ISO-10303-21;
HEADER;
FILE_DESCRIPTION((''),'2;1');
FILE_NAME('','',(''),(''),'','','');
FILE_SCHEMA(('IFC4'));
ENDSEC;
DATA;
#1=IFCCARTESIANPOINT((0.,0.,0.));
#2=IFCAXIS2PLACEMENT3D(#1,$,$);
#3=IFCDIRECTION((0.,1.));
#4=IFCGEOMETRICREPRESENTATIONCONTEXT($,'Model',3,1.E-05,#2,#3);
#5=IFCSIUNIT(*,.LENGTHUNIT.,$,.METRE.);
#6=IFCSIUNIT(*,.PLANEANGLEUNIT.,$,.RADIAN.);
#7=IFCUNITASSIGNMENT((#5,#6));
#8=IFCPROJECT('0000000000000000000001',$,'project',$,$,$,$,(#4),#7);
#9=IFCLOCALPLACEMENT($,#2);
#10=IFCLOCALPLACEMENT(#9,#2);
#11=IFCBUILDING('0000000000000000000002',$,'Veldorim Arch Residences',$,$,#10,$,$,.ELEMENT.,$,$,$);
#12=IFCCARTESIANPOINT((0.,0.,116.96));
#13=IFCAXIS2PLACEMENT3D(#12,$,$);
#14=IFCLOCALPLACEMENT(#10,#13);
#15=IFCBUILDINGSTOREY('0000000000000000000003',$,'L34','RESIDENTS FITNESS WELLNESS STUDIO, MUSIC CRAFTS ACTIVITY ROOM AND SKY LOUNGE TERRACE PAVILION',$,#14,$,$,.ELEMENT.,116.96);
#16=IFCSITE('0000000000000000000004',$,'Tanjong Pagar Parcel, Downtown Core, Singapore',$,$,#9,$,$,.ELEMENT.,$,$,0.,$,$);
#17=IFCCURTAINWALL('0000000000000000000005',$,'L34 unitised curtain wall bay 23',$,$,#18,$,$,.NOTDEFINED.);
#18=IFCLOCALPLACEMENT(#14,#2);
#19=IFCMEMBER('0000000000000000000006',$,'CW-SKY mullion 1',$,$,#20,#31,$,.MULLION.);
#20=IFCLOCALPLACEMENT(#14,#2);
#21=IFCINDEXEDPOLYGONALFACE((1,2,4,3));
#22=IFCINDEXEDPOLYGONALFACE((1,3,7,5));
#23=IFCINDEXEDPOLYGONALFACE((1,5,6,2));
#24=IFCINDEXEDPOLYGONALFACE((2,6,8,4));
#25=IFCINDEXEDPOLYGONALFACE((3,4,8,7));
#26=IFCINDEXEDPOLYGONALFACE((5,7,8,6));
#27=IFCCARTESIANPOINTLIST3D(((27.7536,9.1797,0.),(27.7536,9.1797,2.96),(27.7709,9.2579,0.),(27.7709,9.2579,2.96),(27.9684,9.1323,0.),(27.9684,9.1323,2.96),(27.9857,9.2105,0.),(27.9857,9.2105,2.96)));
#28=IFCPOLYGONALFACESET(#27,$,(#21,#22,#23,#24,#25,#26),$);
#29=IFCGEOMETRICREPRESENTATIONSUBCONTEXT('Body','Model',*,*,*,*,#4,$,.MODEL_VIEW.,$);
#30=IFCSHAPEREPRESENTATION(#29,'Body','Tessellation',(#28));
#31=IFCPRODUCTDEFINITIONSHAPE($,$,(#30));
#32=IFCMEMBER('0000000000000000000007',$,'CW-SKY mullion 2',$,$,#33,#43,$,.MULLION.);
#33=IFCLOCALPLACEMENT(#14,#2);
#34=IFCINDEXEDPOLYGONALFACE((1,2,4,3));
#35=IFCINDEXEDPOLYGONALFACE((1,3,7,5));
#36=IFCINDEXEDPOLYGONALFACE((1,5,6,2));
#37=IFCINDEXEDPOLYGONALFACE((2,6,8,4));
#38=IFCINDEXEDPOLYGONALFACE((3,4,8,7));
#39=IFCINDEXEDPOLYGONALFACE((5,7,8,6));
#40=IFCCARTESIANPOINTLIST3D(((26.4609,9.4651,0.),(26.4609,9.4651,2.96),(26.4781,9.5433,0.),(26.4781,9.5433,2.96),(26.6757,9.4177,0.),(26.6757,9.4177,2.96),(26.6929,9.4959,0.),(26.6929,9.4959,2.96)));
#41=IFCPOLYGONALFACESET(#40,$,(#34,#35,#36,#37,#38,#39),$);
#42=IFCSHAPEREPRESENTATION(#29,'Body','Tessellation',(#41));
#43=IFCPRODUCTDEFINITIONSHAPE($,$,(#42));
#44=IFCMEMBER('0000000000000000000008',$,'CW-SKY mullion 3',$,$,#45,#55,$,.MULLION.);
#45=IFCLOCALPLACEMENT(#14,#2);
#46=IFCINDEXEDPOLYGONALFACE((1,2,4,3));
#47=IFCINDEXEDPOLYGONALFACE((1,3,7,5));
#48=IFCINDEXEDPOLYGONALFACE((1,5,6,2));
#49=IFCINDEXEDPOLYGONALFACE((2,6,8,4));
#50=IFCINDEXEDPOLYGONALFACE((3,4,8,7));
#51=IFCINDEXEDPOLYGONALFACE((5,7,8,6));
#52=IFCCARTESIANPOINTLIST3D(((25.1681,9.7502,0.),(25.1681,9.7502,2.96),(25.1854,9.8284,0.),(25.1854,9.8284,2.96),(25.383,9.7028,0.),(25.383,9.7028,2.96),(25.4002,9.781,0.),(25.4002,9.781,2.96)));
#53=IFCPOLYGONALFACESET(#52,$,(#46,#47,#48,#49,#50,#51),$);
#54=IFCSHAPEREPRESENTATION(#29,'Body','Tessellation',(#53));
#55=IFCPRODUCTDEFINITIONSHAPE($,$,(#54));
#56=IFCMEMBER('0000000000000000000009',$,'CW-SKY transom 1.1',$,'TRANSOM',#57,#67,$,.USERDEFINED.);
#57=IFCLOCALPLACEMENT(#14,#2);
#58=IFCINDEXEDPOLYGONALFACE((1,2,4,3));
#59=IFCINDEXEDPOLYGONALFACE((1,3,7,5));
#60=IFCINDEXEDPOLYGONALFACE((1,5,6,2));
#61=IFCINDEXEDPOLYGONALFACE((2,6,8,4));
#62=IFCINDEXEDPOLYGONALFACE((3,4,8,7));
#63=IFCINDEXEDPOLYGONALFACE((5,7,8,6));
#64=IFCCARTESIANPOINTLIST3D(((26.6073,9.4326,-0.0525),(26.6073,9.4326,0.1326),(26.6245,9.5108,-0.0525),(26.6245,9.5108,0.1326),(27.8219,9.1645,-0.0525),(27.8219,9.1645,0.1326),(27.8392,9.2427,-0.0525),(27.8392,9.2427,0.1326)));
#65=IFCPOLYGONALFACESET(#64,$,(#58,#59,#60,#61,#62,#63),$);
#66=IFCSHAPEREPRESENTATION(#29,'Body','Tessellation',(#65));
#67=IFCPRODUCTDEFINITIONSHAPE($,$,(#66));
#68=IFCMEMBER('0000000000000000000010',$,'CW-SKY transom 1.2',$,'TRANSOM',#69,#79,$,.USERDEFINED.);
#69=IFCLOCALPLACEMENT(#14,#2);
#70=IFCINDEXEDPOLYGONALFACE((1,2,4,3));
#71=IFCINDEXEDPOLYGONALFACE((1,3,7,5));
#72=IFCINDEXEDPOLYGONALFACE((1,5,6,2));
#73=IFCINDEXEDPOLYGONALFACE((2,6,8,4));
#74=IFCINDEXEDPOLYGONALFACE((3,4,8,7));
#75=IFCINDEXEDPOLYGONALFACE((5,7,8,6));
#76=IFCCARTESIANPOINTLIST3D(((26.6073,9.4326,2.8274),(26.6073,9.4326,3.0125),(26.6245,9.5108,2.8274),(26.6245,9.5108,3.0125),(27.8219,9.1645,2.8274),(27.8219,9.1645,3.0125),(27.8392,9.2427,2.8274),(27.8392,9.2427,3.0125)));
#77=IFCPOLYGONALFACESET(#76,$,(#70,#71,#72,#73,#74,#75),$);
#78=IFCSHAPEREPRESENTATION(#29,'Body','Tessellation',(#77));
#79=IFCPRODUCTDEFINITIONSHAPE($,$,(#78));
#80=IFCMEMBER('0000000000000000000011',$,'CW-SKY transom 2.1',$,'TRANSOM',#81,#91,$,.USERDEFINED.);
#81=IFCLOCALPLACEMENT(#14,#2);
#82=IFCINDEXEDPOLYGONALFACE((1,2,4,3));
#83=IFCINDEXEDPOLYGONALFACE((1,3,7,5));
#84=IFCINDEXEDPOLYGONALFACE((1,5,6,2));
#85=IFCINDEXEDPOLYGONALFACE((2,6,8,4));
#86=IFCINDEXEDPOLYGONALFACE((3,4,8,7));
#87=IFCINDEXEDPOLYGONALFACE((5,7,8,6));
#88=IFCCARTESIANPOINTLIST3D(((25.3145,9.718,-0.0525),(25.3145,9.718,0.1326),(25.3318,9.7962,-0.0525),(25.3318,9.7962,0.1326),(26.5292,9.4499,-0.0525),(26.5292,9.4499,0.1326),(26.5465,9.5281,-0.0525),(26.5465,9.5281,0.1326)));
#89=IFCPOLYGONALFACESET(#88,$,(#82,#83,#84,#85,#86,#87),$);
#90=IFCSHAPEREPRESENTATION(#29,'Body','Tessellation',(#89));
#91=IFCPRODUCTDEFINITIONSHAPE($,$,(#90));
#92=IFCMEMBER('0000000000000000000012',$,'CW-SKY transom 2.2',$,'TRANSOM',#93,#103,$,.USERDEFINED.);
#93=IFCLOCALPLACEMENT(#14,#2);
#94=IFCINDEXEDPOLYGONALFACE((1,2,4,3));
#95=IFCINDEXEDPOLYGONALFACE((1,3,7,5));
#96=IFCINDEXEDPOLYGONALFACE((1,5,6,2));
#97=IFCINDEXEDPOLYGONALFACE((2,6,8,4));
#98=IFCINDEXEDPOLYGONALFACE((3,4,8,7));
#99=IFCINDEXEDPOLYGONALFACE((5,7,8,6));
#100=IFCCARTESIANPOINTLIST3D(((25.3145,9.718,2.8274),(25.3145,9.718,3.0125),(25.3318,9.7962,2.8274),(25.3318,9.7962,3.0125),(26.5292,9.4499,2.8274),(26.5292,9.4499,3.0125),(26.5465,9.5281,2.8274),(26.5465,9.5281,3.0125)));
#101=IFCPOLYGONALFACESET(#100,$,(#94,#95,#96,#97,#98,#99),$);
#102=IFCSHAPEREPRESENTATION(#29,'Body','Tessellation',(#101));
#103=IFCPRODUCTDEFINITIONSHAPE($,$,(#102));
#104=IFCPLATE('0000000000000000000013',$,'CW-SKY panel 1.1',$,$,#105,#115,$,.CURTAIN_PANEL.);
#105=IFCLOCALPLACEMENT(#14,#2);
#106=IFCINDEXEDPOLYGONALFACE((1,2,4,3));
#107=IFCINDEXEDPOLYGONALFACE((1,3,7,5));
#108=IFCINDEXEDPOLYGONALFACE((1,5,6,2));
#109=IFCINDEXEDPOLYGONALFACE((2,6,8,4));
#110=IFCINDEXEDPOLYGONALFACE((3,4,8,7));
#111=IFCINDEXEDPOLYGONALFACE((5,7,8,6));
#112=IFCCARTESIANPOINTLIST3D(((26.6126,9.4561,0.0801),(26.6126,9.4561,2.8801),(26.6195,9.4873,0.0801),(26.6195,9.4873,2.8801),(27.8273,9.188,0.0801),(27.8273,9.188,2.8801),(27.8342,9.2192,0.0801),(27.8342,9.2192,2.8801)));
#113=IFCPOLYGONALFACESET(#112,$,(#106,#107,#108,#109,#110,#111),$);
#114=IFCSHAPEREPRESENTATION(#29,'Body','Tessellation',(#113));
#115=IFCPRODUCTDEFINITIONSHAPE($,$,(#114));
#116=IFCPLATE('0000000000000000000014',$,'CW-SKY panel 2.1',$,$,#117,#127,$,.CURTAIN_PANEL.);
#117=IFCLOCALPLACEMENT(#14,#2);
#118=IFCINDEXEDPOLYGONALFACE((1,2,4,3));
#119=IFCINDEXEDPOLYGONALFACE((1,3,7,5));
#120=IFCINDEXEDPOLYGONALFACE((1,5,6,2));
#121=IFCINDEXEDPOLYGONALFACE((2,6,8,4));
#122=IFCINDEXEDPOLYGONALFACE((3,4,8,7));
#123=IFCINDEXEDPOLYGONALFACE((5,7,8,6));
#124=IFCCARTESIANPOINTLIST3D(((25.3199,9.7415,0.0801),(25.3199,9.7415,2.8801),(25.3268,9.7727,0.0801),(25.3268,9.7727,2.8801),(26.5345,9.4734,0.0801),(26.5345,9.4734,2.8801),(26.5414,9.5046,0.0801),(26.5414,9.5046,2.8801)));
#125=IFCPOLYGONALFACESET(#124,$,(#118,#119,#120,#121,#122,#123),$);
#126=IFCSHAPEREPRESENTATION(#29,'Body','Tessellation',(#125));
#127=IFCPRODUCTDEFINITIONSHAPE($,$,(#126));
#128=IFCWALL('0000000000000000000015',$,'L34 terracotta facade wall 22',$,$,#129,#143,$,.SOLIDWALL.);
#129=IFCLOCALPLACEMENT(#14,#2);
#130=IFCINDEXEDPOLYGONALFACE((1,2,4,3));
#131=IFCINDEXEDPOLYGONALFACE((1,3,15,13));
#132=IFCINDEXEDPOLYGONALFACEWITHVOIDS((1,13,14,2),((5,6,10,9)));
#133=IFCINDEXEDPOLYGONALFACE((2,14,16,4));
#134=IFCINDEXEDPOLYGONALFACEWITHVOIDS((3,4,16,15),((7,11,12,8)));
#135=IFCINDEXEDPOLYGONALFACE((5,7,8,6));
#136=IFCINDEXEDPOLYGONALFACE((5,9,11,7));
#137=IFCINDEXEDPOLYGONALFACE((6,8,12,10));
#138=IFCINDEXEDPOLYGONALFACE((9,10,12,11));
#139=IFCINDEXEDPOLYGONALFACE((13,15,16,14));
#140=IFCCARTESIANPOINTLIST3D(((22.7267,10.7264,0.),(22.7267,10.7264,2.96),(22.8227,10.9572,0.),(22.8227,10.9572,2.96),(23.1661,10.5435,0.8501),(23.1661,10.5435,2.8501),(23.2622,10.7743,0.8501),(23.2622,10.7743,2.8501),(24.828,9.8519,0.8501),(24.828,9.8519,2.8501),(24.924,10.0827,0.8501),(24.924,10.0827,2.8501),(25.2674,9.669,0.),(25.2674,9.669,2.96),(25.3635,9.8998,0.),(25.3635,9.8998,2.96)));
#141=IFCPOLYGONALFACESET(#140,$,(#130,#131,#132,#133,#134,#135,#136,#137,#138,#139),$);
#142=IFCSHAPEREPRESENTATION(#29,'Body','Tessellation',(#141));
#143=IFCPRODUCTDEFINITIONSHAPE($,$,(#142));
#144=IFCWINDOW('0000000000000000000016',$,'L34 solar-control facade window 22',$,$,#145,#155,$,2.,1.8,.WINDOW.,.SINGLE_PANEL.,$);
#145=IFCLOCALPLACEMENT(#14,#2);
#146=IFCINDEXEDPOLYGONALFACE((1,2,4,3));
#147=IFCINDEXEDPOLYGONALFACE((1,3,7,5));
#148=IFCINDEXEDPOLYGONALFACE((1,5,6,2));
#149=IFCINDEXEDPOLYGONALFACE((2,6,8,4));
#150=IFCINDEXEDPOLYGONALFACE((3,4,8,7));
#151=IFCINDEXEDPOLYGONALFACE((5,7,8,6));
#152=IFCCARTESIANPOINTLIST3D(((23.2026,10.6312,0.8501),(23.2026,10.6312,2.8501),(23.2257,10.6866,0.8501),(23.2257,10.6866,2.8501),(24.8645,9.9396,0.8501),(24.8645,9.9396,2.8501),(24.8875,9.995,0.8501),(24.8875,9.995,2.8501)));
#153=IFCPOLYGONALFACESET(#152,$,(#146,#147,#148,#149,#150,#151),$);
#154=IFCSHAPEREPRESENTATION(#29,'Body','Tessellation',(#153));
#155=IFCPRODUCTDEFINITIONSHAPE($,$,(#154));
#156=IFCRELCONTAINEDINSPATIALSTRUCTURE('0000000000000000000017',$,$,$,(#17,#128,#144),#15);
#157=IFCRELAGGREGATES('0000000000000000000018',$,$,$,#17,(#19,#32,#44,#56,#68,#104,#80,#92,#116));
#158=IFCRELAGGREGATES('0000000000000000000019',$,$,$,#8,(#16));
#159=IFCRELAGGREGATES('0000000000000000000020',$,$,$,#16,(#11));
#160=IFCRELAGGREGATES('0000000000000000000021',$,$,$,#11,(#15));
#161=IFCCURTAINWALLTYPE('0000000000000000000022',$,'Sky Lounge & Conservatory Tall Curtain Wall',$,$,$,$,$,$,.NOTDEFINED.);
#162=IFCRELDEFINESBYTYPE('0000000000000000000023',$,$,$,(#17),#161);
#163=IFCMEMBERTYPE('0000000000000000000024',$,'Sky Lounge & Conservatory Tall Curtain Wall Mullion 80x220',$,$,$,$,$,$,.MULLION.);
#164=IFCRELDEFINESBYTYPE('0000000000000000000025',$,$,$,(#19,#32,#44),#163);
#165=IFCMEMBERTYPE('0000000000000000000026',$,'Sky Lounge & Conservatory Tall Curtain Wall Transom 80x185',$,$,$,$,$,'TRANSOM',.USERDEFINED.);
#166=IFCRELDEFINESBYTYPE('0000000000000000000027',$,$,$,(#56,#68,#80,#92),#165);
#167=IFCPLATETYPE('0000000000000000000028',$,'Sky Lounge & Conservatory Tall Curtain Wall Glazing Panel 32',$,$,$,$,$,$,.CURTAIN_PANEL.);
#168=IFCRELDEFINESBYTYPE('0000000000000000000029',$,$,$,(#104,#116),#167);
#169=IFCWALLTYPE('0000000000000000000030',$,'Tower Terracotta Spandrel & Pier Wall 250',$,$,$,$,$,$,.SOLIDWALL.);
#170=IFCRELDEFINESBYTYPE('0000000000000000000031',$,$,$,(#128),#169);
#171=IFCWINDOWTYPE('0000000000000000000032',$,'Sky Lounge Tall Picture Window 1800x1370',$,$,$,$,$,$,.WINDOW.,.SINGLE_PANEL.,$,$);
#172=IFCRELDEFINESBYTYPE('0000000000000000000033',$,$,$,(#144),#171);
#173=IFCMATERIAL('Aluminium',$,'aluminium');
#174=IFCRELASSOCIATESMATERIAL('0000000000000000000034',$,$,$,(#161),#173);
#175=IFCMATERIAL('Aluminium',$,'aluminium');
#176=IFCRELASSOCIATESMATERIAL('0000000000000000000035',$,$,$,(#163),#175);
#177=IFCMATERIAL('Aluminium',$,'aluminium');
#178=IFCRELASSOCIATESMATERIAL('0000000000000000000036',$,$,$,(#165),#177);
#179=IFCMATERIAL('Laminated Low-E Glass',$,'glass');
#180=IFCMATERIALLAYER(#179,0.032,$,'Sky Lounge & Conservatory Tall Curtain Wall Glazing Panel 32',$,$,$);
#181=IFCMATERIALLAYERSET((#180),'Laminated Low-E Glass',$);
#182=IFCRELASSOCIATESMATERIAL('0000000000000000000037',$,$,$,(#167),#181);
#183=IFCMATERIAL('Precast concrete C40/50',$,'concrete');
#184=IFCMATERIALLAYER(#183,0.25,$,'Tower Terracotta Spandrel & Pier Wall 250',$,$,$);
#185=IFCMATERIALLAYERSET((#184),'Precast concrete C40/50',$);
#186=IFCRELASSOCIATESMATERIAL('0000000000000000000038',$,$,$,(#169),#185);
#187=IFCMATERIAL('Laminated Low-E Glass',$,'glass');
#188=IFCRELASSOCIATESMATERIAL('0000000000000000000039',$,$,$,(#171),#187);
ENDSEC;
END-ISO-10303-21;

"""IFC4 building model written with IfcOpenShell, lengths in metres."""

from ifc_helpers import new_model, si_unit, direction, frame, frame_2d, origin, origin_2d, place, context, subcontext, project, spatial, rectangle, extrude, material, layer, layer_set, material_profile, profile_set, type_object, element, fill, aggregate, save


model = new_model("IFC4")

# Units and contexts
model_context = context("Model", 3, precision=1e-05, world=origin(), true_north=direction((0.0, 1.0)))
body_context = subcontext(model_context, "Body", "Model", "MODEL_VIEW")
ifc_project = project(units=[si_unit("LENGTHUNIT", "METRE"), si_unit("PLANEANGLEUNIT", "RADIAN")], contexts=[model_context])

# Site, building, storey
site_placement = place(None, origin())
site = spatial("IfcSite", under=ifc_project, at=site_placement, Name="Tanjong Pagar Parcel, Downtown Core, Singapore", CompositionType="ELEMENT", RefElevation=0.0)
building_placement = place(site_placement, origin())
building = spatial("IfcBuilding", under=site, at=building_placement, Name="Veldorim Arch Residences", CompositionType="ELEMENT")
storey_placement = place(building_placement, frame((0.0, 0.0, 116.96)))
storey = spatial("IfcBuildingStorey", under=building, at=storey_placement, Name="L34", Description="RESIDENTS FITNESS WELLNESS STUDIO, MUSIC CRAFTS ACTIVITY ROOM AND SKY LOUNGE TERRACE PAVILION", CompositionType="ELEMENT", Elevation=116.96)

# Curtain wall, members, plates
ifc_material_1 = material(Name="Aluminium", Category="aluminium")
curtain_wall_type = type_object("IfcCurtainWallType", Name="Sky Lounge & Conservatory Tall Curtain Wall", PredefinedType="NOTDEFINED", material=ifc_material_1)
curtain_wall_placement = place(storey_placement, origin())
curtain_wall = element("IfcCurtainWall", 1, at=curtain_wall_placement, inside=storey, type_object=curtain_wall_type, Name="L34 unitised curtain wall bay 23", PredefinedType="NOTDEFINED")
ifc_material_2 = material(Name="Aluminium", Category="aluminium")
ifc_material_profile_1 = material_profile(ifc_material_2, rectangle(XDim=0.0801, YDim=0.22, at=origin_2d()), Name="ALU_MUL_80x220")
ifc_profile_set_1 = profile_set([ifc_material_profile_1], Name="Aluminium")
member_type_1 = type_object("IfcMemberType", Name="Sky Lounge & Conservatory Tall Curtain Wall Mullion 80x220", PredefinedType="MULLION", material=ifc_profile_set_1)
member_1_placement = place(storey_placement, frame((27.8696, 9.1951, 0.0), z_axis=(0.0, 0.0, 1.0), x_axis=(-0.215537, -0.976496, 0.0)))
member_1 = element("IfcMember", 2, at=member_1_placement, type_object=member_type_1, Name="CW-SKY mullion 1", PredefinedType="MULLION", context=body_context, shape_type="SweptSolid", body=[
    extrude(rectangle(XDim=0.0801, YDim=0.22, at=origin_2d()), origin(), (0.0, 0.0, 1.0), 2.96),
])
member_2_placement = place(storey_placement, frame((26.5769, 9.4805, 0.0), z_axis=(0.0, 0.0, 1.0), x_axis=(-0.215537, -0.976496, 0.0)))
member_2 = element("IfcMember", 3, at=member_2_placement, type_object=member_type_1, Name="CW-SKY mullion 2", PredefinedType="MULLION", context=body_context, shape_type="SweptSolid", body=[
    extrude(rectangle(XDim=0.0801, YDim=0.22, at=origin_2d()), origin(), (0.0, 0.0, 1.0), 2.96),
])
member_3_placement = place(storey_placement, frame((25.2842, 9.7656, 0.0), z_axis=(0.0, 0.0, 1.0), x_axis=(-0.215537, -0.976496, 0.0)))
member_3 = element("IfcMember", 4, at=member_3_placement, type_object=member_type_1, Name="CW-SKY mullion 3", PredefinedType="MULLION", context=body_context, shape_type="SweptSolid", body=[
    extrude(rectangle(XDim=0.0801, YDim=0.22, at=origin_2d()), origin(), (0.0, 0.0, 1.0), 2.96),
])
ifc_material_3 = material(Name="Aluminium", Category="aluminium")
ifc_material_profile_2 = material_profile(ifc_material_3, rectangle(XDim=0.0801, YDim=0.1851, at=origin_2d()), Name="ALU_TRN_80x185")
ifc_profile_set_2 = profile_set([ifc_material_profile_2], Name="Aluminium")
member_type_2 = type_object("IfcMemberType", Name="Sky Lounge & Conservatory Tall Curtain Wall Transom 80x185", ElementType="TRANSOM", PredefinedType="USERDEFINED", material=ifc_profile_set_2)
member_4_placement = place(storey_placement, frame((27.8306, 9.2036, 0.04), z_axis=(-0.9765, 0.215517, 0.0), x_axis=(-0.215517, -0.9765, 0.0)))
member_4 = element("IfcMember", 5, at=member_4_placement, type_object=member_type_2, Name="CW-SKY transom 1.1", ObjectType="TRANSOM", PredefinedType="USERDEFINED", context=body_context, shape_type="SweptSolid", body=[
    extrude(rectangle(XDim=0.0801, YDim=0.1851, at=origin_2d()), origin(), (0.0, 0.0, 1.0), 1.2439),
])
member_5_placement = place(storey_placement, frame((27.8306, 9.2036, 2.9199), z_axis=(-0.9765, 0.215517, 0.0), x_axis=(-0.215517, -0.9765, 0.0)))
member_5 = element("IfcMember", 6, at=member_5_placement, type_object=member_type_2, Name="CW-SKY transom 1.2", ObjectType="TRANSOM", PredefinedType="USERDEFINED", context=body_context, shape_type="SweptSolid", body=[
    extrude(rectangle(XDim=0.0801, YDim=0.1851, at=origin_2d()), origin(), (0.0, 0.0, 1.0), 1.2439),
])
member_6_placement = place(storey_placement, frame((26.5378, 9.489, 0.04), z_axis=(-0.9765, 0.215517, 0.0), x_axis=(-0.215517, -0.9765, 0.0)))
member_6 = element("IfcMember", 7, at=member_6_placement, type_object=member_type_2, Name="CW-SKY transom 2.1", ObjectType="TRANSOM", PredefinedType="USERDEFINED", context=body_context, shape_type="SweptSolid", body=[
    extrude(rectangle(XDim=0.0801, YDim=0.1851, at=origin_2d()), origin(), (0.0, 0.0, 1.0), 1.2439),
])
member_7_placement = place(storey_placement, frame((26.5378, 9.489, 2.9199), z_axis=(-0.9765, 0.215517, 0.0), x_axis=(-0.215517, -0.9765, 0.0)))
member_7 = element("IfcMember", 8, at=member_7_placement, type_object=member_type_2, Name="CW-SKY transom 2.2", ObjectType="TRANSOM", PredefinedType="USERDEFINED", context=body_context, shape_type="SweptSolid", body=[
    extrude(rectangle(XDim=0.0801, YDim=0.1851, at=origin_2d()), origin(), (0.0, 0.0, 1.0), 1.2439),
])
ifc_material_4 = material(Name="Laminated Low-E Glass", Category="glass")
ifc_layer_1 = layer(ifc_material_4, 0.032, Name="Sky Lounge & Conservatory Tall Curtain Wall Glazing Panel 32")
ifc_layer_set_1 = layer_set([ifc_layer_1], Name="Laminated Low-E Glass")
plate_type = type_object("IfcPlateType", Name="Sky Lounge & Conservatory Tall Curtain Wall Glazing Panel 32", PredefinedType="CURTAIN_PANEL", material=ifc_layer_set_1)
plate_1_placement = place(storey_placement, frame((27.2234, 9.3376, 0.0801), z_axis=(0.0, 0.0, 1.0), x_axis=(-0.976496, 0.215537, 0.0)))
plate_1 = element("IfcPlate", 9, at=plate_1_placement, type_object=plate_type, Name="CW-SKY panel 1.1", PredefinedType="CURTAIN_PANEL", context=body_context, shape_type="SweptSolid", body=[
    extrude(rectangle(XDim=1.2439, YDim=0.032, at=origin_2d()), origin(), (0.0, 0.0, 1.0), 2.8),
])
plate_2_placement = place(storey_placement, frame((25.9307, 9.623, 0.0801), z_axis=(0.0, 0.0, 1.0), x_axis=(-0.976496, 0.215537, 0.0)))
plate_2 = element("IfcPlate", 10, at=plate_2_placement, type_object=plate_type, Name="CW-SKY panel 2.1", PredefinedType="CURTAIN_PANEL", context=body_context, shape_type="SweptSolid", body=[
    extrude(rectangle(XDim=1.2439, YDim=0.032, at=origin_2d()), origin(), (0.0, 0.0, 1.0), 2.8),
])
aggregate(curtain_wall, [member_1, member_2, member_3, member_4, member_5, plate_1, member_6, member_7, plate_2])

# Wall, opening, window
ifc_material_5 = material(Name="Precast concrete C40/50", Category="concrete")
ifc_layer_2 = layer(ifc_material_5, 0.25, Name="Tower Terracotta Spandrel & Pier Wall 250")
ifc_layer_set_2 = layer_set([ifc_layer_2], Name="Precast concrete C40/50")
wall_type = type_object("IfcWallType", Name="Tower Terracotta Spandrel & Pier Wall 250", PredefinedType="SOLIDWALL", material=ifc_layer_set_2)
wall_1_placement = place(storey_placement, frame((25.3154, 9.7844, 0.0), z_axis=(0.0, 0.0, 1.0), x_axis=(-0.923242, 0.384219, 0.0)))
wall_1 = element("IfcWall", 11, at=wall_1_placement, inside=storey, type_object=wall_type, Name="L34 terracotta facade wall 22", PredefinedType="SOLIDWALL", context=body_context, shape_type="SweptSolid", body=[
    extrude(rectangle(XDim=2.752, YDim=0.25, at=frame_2d((1.376, 0.0))), origin(), (0.0, 0.0, 1.0), 2.96),
])
opening_1_placement = place(wall_1_placement, frame((0.4761, 0.0, 0.8501)))
opening_1 = element("IfcOpeningElement", 12, at=opening_1_placement, cuts=wall_1, PredefinedType="OPENING", context=body_context, shape_type="SweptSolid", body=[
    extrude(rectangle(XDim=1.8, YDim=2.0, at=frame_2d((0.8999, 1.0))), frame((0.0, 0.135, 0.0), z_axis=(0.0, -1.0, 0.0), x_axis=(1.0, 0.0, 0.0)), (0.0, 0.0, 1.0), 0.27),
])
ifc_material_6 = material(Name="Laminated Low-E Glass", Category="glass")
window_type = type_object("IfcWindowType", Name="Sky Lounge Tall Picture Window 1800x1370", PartitioningType="SINGLE_PANEL", PredefinedType="WINDOW", material=ifc_material_6)
window_1_placement = place(opening_1_placement, origin())
window_1 = element("IfcWindow", 13, at=window_1_placement, inside=storey, type_object=window_type, Name="L34 solar-control facade window 22", OverallHeight=2.0, OverallWidth=1.8, PartitioningType="SINGLE_PANEL", PredefinedType="WINDOW", context=body_context, shape_type="SweptSolid", body=[
    extrude(rectangle(XDim=1.8, YDim=2.0, at=frame_2d((0.8999, 1.0))), frame((0.0, 0.03, 0.0), z_axis=(0.0, -1.0, 0.0), x_axis=(1.0, 0.0, 0.0)), (0.0, 0.0, 1.0), 0.0601),
])
fill(opening_1, window_1)

save(model, "model.ifc")
